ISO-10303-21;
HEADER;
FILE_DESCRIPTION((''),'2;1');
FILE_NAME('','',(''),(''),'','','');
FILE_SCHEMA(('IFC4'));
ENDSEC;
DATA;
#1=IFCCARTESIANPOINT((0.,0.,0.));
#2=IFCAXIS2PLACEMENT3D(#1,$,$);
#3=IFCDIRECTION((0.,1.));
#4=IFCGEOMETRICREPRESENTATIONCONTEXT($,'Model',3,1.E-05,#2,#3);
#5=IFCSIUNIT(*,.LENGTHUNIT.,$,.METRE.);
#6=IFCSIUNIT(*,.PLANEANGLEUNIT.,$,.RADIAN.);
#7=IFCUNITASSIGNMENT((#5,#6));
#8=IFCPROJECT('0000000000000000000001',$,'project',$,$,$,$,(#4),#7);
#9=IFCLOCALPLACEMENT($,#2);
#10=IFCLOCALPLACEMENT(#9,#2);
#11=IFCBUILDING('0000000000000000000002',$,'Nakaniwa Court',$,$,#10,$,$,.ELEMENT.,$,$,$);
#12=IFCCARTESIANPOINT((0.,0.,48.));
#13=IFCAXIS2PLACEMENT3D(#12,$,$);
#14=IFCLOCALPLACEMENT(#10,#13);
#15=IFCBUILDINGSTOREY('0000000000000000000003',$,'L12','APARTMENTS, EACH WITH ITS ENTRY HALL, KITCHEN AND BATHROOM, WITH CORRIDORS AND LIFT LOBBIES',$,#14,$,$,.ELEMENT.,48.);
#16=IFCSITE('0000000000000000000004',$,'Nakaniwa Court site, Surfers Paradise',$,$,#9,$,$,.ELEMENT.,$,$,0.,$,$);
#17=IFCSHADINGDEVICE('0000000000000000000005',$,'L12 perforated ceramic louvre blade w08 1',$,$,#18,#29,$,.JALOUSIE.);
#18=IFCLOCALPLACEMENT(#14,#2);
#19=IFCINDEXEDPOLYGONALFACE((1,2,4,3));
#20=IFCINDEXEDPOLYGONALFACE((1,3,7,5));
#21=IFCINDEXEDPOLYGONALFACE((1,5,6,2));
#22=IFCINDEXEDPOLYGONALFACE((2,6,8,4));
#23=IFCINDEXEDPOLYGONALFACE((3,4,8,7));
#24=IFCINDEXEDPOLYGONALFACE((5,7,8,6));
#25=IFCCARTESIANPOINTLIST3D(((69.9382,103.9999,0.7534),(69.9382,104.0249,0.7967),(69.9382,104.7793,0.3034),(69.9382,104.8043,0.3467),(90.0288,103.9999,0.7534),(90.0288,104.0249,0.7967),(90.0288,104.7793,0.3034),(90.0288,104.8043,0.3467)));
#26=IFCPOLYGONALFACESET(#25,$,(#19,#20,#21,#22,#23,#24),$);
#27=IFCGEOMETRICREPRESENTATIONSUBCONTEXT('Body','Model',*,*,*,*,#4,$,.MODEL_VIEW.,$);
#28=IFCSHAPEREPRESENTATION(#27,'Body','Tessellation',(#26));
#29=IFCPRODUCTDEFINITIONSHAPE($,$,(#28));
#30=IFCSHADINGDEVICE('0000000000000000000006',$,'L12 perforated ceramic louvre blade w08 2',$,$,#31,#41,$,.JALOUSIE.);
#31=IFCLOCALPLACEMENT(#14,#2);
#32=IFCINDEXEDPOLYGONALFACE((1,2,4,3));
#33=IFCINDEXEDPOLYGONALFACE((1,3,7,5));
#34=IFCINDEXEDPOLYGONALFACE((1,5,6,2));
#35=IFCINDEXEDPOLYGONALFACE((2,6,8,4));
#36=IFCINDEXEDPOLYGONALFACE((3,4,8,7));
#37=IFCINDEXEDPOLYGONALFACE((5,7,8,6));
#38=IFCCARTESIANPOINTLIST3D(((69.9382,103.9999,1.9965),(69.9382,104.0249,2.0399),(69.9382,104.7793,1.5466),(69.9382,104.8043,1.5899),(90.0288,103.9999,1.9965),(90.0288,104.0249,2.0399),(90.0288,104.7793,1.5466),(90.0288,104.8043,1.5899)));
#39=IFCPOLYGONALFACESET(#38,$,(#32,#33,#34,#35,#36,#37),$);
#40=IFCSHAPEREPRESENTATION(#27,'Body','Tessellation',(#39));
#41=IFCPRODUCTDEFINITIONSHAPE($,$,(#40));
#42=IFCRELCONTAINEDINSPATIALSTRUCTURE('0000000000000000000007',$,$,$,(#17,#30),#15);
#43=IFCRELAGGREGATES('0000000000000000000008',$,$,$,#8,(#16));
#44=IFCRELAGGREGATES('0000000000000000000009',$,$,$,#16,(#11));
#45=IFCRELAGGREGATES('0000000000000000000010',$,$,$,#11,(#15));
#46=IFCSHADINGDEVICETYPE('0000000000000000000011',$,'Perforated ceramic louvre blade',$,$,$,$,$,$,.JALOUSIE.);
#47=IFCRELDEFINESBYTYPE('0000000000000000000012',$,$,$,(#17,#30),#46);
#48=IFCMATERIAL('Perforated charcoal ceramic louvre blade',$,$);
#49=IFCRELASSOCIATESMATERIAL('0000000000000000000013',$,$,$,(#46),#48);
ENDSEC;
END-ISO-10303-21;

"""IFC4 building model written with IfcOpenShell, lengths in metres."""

from ifc_helpers import new_model, si_unit, direction, frame, origin, origin_2d, place, context, subcontext, project, spatial, rectangle, extrude, material, material_profile, profile_set, type_object, element, save


model = new_model("IFC4")

# Units and contexts
model_context = context("Model", 3, precision=1e-05, world=origin(), true_north=direction((0.0, 1.0)))
body_context = subcontext(model_context, "Body", "Model", "MODEL_VIEW")
ifc_project = project(units=[si_unit("LENGTHUNIT", "METRE"), si_unit("PLANEANGLEUNIT", "RADIAN")], contexts=[model_context])

# Site, building, storey
site_placement = place(None, origin())
site = spatial("IfcSite", under=ifc_project, at=site_placement, Name="Nakaniwa Court site, Surfers Paradise", CompositionType="ELEMENT", RefElevation=0.0)
building_placement = place(site_placement, origin())
building = spatial("IfcBuilding", under=site, at=building_placement, Name="Nakaniwa Court", CompositionType="ELEMENT")
storey_placement = place(building_placement, frame((0.0, 0.0, 48.0)))
storey = spatial("IfcBuildingStorey", under=building, at=storey_placement, Name="L12", Description="APARTMENTS, EACH WITH ITS ENTRY HALL, KITCHEN AND BATHROOM, WITH CORRIDORS AND LIFT LOBBIES", CompositionType="ELEMENT", Elevation=48.0)

# Shading devices
ifc_material_1 = material(Name="Perforated charcoal ceramic louvre blade")
ifc_material_profile_1 = material_profile(ifc_material_1, rectangle(XDim=0.8999, YDim=0.05, at=origin_2d()), Name="Perforated ceramic louvre blade")
ifc_profile_set_1 = profile_set([ifc_material_profile_1], Name="Perforated charcoal ceramic louvre blade")
shading_device_type = type_object("IfcShadingDeviceType", Name="Perforated ceramic louvre blade", PredefinedType="JALOUSIE", material=ifc_profile_set_1)
for number, where, z_axis, x_axis, name in (
    (1, (90.0288, 104.4021, 0.55), (-1.0, 0.0, 0.0), (0.0, -0.866025, 0.5), "L12 perforated ceramic louvre blade w08 1"),
    (2, (90.0288, 104.4021, 1.7932), (-1.0, 0.0, 0.0), (0.0, -0.866025, 0.5), "L12 perforated ceramic louvre blade w08 2"),
):
    element("IfcShadingDevice", number, at=place(storey_placement, frame(where, z_axis=z_axis, x_axis=x_axis)), inside=storey, type_object=shading_device_type, Name=name, PredefinedType="JALOUSIE", context=body_context, shape_type="SweptSolid", body=[
        extrude(rectangle(XDim=0.8999, YDim=0.05, at=origin_2d()), origin(), (0.0, 0.0, 1.0), 20.0906),
    ])

save(model, "model.ifc")
